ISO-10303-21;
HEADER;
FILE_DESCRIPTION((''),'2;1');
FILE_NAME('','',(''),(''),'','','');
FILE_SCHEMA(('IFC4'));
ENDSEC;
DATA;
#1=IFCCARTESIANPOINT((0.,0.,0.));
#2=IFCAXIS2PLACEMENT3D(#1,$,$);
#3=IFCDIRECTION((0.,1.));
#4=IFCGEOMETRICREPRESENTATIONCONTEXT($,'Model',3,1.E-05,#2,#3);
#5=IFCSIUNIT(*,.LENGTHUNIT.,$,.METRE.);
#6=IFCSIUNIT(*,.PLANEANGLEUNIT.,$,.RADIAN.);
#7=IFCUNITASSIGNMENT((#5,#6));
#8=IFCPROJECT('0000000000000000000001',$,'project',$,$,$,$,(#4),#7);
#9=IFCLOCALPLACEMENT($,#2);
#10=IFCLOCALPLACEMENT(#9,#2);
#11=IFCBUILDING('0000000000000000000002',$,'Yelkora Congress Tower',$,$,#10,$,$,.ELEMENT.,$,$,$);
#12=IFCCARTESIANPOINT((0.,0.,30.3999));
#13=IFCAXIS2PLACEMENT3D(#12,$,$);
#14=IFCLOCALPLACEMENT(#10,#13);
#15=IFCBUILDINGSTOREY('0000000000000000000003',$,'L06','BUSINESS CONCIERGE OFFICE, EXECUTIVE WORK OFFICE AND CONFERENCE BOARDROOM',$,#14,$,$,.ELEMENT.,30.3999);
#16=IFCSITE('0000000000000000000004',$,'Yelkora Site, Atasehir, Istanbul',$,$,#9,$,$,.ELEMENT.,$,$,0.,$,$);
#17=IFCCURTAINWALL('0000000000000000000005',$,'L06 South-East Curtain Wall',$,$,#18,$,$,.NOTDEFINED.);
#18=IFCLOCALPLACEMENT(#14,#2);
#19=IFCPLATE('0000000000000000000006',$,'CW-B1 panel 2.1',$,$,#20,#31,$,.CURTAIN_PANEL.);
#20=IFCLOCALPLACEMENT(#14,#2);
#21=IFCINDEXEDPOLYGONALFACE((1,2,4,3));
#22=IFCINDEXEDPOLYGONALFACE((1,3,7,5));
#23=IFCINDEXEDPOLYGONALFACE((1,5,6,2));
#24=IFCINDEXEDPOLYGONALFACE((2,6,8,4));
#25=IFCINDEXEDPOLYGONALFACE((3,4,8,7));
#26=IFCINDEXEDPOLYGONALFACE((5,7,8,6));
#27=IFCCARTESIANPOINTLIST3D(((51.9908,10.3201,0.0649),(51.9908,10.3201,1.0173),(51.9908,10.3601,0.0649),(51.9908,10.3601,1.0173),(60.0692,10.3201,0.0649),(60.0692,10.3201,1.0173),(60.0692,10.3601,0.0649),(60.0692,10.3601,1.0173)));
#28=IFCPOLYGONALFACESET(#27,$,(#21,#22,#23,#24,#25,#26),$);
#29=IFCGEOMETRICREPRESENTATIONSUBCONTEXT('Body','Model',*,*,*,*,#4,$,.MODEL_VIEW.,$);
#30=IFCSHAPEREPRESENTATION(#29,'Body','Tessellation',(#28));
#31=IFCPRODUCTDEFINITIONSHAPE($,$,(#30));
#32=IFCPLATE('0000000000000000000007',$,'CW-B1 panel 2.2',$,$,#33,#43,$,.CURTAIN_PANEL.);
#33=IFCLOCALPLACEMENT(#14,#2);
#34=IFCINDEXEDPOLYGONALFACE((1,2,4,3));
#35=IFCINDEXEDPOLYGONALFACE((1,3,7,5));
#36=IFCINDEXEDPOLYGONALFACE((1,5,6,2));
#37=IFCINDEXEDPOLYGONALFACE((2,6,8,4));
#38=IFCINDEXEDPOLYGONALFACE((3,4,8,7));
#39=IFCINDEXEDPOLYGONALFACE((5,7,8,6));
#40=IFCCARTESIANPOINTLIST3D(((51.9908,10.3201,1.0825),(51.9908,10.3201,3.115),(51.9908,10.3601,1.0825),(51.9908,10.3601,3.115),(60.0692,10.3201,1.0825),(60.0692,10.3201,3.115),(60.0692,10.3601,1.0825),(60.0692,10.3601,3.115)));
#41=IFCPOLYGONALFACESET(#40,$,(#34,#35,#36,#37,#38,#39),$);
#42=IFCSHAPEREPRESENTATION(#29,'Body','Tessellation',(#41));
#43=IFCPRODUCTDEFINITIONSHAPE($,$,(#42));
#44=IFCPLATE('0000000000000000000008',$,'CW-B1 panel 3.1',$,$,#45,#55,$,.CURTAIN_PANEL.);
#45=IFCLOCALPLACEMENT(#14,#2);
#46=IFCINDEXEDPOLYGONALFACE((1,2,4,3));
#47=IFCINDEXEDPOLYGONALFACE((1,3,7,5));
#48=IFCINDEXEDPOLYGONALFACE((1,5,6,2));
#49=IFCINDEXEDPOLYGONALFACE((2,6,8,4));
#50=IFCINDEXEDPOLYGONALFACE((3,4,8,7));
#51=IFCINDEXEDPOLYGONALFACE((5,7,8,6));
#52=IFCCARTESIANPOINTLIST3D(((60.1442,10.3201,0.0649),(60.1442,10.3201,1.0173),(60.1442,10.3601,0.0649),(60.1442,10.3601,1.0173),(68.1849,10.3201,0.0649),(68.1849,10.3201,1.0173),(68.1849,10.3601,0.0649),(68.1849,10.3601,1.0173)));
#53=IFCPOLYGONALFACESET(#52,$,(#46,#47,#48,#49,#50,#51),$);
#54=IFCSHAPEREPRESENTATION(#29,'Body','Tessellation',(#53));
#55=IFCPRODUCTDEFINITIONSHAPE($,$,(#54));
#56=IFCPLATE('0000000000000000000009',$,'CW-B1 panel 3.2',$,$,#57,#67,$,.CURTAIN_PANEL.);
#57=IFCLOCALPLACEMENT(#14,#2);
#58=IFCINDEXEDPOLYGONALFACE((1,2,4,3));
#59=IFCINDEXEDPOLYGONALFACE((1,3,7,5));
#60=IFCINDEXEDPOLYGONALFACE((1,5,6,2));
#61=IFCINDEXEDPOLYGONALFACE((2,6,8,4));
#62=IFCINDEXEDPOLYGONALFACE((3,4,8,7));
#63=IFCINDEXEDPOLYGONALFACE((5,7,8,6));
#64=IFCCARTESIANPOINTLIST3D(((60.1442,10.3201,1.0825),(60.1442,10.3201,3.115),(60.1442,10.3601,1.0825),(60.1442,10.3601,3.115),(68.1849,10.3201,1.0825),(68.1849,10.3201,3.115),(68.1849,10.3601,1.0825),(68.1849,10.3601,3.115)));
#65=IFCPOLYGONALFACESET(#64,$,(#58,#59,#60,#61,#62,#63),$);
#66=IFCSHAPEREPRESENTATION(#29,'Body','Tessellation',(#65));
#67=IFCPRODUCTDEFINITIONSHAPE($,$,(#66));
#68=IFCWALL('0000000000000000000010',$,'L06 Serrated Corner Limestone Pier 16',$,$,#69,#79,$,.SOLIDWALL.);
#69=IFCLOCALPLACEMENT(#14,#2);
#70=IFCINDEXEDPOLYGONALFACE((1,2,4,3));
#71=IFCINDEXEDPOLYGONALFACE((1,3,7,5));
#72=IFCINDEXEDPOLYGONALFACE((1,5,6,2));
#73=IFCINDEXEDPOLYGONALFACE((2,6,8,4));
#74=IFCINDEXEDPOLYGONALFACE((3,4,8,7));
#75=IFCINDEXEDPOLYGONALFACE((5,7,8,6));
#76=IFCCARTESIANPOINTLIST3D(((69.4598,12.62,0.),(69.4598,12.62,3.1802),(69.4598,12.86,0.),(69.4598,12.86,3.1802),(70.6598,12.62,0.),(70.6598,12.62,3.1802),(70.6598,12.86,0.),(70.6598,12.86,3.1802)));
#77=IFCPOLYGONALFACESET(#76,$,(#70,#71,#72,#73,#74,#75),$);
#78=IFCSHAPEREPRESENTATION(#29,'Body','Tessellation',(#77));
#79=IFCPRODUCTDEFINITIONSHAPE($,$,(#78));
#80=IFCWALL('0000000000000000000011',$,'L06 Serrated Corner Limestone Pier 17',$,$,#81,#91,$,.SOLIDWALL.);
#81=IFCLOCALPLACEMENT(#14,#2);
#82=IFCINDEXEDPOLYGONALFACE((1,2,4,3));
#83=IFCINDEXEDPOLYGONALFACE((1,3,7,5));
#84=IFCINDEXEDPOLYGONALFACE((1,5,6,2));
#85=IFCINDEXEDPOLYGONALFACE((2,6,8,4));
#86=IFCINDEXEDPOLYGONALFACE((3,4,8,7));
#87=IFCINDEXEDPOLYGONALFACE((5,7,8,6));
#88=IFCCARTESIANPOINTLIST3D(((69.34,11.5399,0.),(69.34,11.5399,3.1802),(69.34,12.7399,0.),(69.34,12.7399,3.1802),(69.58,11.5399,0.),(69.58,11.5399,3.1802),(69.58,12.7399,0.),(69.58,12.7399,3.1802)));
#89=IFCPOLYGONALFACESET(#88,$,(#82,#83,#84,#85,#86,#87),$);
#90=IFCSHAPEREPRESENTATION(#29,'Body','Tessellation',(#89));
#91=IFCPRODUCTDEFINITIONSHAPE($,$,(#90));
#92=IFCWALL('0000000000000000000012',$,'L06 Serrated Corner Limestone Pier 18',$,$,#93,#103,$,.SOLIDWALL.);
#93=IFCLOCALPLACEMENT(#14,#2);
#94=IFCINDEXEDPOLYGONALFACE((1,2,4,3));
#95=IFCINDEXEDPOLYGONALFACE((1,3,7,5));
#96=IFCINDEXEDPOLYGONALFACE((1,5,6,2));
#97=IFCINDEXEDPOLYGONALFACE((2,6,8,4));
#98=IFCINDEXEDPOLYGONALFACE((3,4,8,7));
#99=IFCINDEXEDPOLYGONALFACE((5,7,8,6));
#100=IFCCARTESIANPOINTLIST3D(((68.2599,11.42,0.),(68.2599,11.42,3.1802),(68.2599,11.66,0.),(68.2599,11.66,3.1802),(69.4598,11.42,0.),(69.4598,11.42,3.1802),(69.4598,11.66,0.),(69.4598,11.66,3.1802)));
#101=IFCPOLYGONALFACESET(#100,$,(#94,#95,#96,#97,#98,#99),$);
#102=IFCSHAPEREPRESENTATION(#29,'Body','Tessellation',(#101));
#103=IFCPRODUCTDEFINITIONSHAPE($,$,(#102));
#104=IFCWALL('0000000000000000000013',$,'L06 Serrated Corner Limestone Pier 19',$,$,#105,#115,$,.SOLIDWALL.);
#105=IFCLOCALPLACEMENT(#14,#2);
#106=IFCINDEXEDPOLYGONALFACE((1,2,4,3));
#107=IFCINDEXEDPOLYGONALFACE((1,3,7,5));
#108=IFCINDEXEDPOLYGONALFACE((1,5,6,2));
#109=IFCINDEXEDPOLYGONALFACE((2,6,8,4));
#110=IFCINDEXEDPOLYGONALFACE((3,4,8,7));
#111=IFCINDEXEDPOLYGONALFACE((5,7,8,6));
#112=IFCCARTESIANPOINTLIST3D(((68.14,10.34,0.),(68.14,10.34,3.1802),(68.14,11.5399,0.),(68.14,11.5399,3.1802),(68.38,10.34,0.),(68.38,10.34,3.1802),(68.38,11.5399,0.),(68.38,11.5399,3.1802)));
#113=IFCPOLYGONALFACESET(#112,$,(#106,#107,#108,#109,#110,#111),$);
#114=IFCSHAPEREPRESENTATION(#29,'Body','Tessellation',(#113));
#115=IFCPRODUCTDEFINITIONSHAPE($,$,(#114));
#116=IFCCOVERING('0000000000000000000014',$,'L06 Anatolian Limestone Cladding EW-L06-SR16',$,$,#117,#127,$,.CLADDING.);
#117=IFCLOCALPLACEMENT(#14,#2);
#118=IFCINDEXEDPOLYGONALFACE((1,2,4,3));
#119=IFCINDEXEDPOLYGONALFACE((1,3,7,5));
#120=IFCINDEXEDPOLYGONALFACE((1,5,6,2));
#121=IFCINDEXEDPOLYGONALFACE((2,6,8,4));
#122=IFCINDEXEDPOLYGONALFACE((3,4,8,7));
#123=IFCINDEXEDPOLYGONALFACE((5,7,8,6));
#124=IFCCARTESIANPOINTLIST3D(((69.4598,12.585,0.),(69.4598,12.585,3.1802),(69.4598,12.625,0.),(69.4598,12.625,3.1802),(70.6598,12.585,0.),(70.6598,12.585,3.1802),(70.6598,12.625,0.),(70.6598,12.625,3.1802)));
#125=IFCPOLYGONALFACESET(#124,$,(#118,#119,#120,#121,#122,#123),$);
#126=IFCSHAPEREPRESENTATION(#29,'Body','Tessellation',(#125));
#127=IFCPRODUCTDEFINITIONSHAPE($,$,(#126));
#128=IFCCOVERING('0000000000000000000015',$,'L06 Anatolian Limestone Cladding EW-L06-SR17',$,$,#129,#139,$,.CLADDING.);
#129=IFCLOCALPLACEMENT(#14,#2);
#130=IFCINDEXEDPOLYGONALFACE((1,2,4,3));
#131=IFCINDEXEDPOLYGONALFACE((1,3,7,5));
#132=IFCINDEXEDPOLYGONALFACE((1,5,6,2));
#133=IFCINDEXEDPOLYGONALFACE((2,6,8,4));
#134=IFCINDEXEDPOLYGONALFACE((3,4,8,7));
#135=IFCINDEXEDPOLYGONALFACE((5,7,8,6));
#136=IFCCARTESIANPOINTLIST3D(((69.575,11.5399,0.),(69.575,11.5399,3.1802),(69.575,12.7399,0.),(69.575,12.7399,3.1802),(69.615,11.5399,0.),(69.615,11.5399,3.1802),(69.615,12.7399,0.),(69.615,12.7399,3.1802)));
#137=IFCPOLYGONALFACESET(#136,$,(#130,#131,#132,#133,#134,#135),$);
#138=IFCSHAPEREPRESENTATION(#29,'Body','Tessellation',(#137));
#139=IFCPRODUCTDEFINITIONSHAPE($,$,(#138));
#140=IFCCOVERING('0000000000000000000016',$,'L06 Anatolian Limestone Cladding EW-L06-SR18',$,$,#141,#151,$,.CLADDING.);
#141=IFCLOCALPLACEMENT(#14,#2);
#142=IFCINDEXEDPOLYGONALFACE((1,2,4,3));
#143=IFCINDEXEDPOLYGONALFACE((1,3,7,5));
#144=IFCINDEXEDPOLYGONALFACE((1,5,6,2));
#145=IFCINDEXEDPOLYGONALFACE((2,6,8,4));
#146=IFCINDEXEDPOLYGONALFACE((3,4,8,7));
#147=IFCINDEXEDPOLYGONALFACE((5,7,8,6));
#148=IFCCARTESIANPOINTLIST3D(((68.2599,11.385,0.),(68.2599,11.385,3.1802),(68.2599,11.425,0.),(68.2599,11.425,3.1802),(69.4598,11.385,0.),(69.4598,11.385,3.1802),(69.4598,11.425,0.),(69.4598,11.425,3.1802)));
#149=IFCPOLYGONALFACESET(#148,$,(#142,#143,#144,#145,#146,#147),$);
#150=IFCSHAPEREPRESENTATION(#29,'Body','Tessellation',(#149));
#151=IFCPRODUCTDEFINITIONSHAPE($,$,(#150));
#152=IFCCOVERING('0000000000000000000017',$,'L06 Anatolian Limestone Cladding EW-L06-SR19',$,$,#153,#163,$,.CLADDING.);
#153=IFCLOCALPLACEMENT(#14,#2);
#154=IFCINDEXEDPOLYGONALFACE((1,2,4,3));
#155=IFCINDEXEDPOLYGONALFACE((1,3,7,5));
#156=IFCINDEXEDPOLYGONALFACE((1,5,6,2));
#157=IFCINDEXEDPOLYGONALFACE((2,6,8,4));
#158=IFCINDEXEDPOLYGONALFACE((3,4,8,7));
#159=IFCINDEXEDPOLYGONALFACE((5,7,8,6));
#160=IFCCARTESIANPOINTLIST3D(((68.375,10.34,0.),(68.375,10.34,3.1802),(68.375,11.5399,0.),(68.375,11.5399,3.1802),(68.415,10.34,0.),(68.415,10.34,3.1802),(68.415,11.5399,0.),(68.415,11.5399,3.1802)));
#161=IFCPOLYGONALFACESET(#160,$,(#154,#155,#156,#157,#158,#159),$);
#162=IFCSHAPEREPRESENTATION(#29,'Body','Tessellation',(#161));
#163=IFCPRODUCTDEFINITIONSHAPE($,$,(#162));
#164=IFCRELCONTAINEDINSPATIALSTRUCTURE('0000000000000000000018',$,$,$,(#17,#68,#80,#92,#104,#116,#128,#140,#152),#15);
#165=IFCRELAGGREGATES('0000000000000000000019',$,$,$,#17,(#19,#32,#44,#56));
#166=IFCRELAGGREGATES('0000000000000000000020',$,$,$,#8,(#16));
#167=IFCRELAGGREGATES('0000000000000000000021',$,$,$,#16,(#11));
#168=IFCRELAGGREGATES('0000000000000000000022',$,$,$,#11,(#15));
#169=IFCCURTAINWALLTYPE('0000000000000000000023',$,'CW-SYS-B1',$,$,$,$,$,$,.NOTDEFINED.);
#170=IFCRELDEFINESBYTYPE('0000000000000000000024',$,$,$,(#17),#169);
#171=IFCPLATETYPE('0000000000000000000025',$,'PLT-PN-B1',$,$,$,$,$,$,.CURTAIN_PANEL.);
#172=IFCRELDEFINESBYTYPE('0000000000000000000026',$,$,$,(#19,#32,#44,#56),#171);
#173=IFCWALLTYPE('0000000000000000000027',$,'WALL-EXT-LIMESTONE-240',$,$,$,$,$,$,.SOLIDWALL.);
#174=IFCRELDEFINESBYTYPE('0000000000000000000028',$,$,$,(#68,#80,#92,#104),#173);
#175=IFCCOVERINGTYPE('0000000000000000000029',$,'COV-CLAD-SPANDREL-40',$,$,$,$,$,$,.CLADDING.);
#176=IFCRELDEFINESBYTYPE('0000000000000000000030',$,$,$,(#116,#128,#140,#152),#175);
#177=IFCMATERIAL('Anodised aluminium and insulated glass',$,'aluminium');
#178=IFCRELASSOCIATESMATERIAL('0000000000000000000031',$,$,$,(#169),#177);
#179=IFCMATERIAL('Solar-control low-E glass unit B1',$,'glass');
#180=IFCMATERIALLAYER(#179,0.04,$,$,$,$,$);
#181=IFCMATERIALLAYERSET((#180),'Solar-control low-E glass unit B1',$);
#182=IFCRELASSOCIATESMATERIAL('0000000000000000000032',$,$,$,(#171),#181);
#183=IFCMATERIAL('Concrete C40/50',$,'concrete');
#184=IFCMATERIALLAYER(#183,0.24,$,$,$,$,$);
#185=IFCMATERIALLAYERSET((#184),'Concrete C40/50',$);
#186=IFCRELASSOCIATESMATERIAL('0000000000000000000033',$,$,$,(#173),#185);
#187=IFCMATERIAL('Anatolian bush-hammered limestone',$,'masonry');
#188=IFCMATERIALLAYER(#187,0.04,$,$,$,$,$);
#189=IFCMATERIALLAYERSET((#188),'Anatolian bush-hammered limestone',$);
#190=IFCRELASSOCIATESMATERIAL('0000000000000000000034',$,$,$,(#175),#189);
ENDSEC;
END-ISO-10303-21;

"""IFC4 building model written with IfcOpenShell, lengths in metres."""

from ifc_helpers import new_model, si_unit, direction, frame, frame_2d, origin, origin_2d, place, context, subcontext, project, spatial, rectangle, extrude, material, layer, layer_set, type_object, element, aggregate, save


model = new_model("IFC4")

# Units and contexts
model_context = context("Model", 3, precision=1e-05, world=origin(), true_north=direction((0.0, 1.0)))
body_context = subcontext(model_context, "Body", "Model", "MODEL_VIEW")
ifc_project = project(units=[si_unit("LENGTHUNIT", "METRE"), si_unit("PLANEANGLEUNIT", "RADIAN")], contexts=[model_context])

# Site, building, storey
site_placement = place(None, origin())
site = spatial("IfcSite", under=ifc_project, at=site_placement, Name="Yelkora Site, Atasehir, Istanbul", CompositionType="ELEMENT", RefElevation=0.0)
building_placement = place(site_placement, origin())
building = spatial("IfcBuilding", under=site, at=building_placement, Name="Yelkora Congress Tower", CompositionType="ELEMENT")
storey_placement = place(building_placement, frame((0.0, 0.0, 30.3999)))
storey = spatial("IfcBuildingStorey", under=building, at=storey_placement, Name="L06", Description="BUSINESS CONCIERGE OFFICE, EXECUTIVE WORK OFFICE AND CONFERENCE BOARDROOM", CompositionType="ELEMENT", Elevation=30.3999)

# Curtain wall, plates
ifc_material_1 = material(Name="Anodised aluminium and insulated glass", Category="aluminium")
curtain_wall_type = type_object("IfcCurtainWallType", Name="CW-SYS-B1", PredefinedType="NOTDEFINED", material=ifc_material_1)
curtain_wall_placement = place(storey_placement, origin())
curtain_wall = element("IfcCurtainWall", 1, at=curtain_wall_placement, inside=storey, type_object=curtain_wall_type, Name="L06 South-East Curtain Wall", PredefinedType="NOTDEFINED")
ifc_material_2 = material(Name="Solar-control low-E glass unit B1", Category="glass")
ifc_layer_1 = layer(ifc_material_2, 0.04)
ifc_layer_set_1 = layer_set([ifc_layer_1], Name="Solar-control low-E glass unit B1")
plate_type = type_object("IfcPlateType", Name="PLT-PN-B1", PredefinedType="CURTAIN_PANEL", material=ifc_layer_set_1)
plate_1_placement = place(storey_placement, frame((56.03, 10.3401, 0.0649), z_axis=(0.0, 0.0, 1.0), x_axis=(1.0, 0.0, 0.0)))
plate_1 = element("IfcPlate", 2, at=plate_1_placement, type_object=plate_type, Name="CW-B1 panel 2.1", PredefinedType="CURTAIN_PANEL", context=body_context, shape_type="SweptSolid", body=[
    extrude(rectangle(XDim=8.0784, YDim=0.04, at=origin_2d()), origin(), (0.0, 0.0, 1.0), 0.9524),
])
plate_2_placement = place(storey_placement, frame((56.03, 10.3401, 1.0825), z_axis=(0.0, 0.0, 1.0), x_axis=(1.0, 0.0, 0.0)))
plate_2 = element("IfcPlate", 3, at=plate_2_placement, type_object=plate_type, Name="CW-B1 panel 2.2", PredefinedType="CURTAIN_PANEL", context=body_context, shape_type="SweptSolid", body=[
    extrude(rectangle(XDim=8.0784, YDim=0.04, at=origin_2d()), origin(), (0.0, 0.0, 1.0), 2.0325),
])
plate_3_placement = place(storey_placement, frame((64.1646, 10.3401, 0.0649), z_axis=(0.0, 0.0, 1.0), x_axis=(1.0, 0.0, 0.0)))
plate_3 = element("IfcPlate", 4, at=plate_3_placement, type_object=plate_type, Name="CW-B1 panel 3.1", PredefinedType="CURTAIN_PANEL", context=body_context, shape_type="SweptSolid", body=[
    extrude(rectangle(XDim=8.0408, YDim=0.04, at=origin_2d()), origin(), (0.0, 0.0, 1.0), 0.9524),
])
plate_4_placement = place(storey_placement, frame((64.1646, 10.3401, 1.0825), z_axis=(0.0, 0.0, 1.0), x_axis=(1.0, 0.0, 0.0)))
plate_4 = element("IfcPlate", 5, at=plate_4_placement, type_object=plate_type, Name="CW-B1 panel 3.2", PredefinedType="CURTAIN_PANEL", context=body_context, shape_type="SweptSolid", body=[
    extrude(rectangle(XDim=8.0408, YDim=0.04, at=origin_2d()), origin(), (0.0, 0.0, 1.0), 2.0325),
])
aggregate(curtain_wall, [plate_1, plate_2, plate_3, plate_4])

# Walls
ifc_material_3 = material(Name="Concrete C40/50", Category="concrete")
ifc_layer_2 = layer(ifc_material_3, 0.24)
ifc_layer_set_2 = layer_set([ifc_layer_2], Name="Concrete C40/50")
wall_type = type_object("IfcWallType", Name="WALL-EXT-LIMESTONE-240", PredefinedType="SOLIDWALL", material=ifc_layer_set_2)
for number, where, z_axis, x_axis, name in (
    (6, (70.6599, 12.74, 0.0), (0.0, 0.0, 1.0), (-1.0, 0.0, 0.0), "L06 Serrated Corner Limestone Pier 16"),
    (7, (69.46, 12.74, 0.0), (0.0, 0.0, 1.0), (0.0, -1.0, 0.0), "L06 Serrated Corner Limestone Pier 17"),
    (8, (69.46, 11.54, 0.0), (0.0, 0.0, 1.0), (-1.0, 0.0, 0.0), "L06 Serrated Corner Limestone Pier 18"),
    (9, (68.26, 11.54, 0.0), (0.0, 0.0, 1.0), (0.0, -1.0, 0.0), "L06 Serrated Corner Limestone Pier 19"),
):
    element("IfcWall", number, at=place(storey_placement, frame(where, z_axis=z_axis, x_axis=x_axis)), inside=storey, type_object=wall_type, Name=name, PredefinedType="SOLIDWALL", context=body_context, shape_type="SweptSolid", body=[
        extrude(rectangle(XDim=1.2, YDim=0.24, at=frame_2d((0.6001, 0.0))), origin(), (0.0, 0.0, 1.0), 3.1802),
    ])

# Coverings
ifc_material_4 = material(Name="Anatolian bush-hammered limestone", Category="masonry")
ifc_layer_3 = layer(ifc_material_4, 0.04)
ifc_layer_set_3 = layer_set([ifc_layer_3], Name="Anatolian bush-hammered limestone")
covering_type = type_object("IfcCoveringType", Name="COV-CLAD-SPANDREL-40", PredefinedType="CLADDING", material=ifc_layer_set_3)
for number, where, z_axis, x_axis, name in (
    (10, (70.6599, 12.605, 0.0), (0.0, 0.0, 1.0), (-1.0, 0.0, 0.0), "L06 Anatolian Limestone Cladding EW-L06-SR16"),
    (11, (69.595, 12.74, 0.0), (0.0, 0.0, 1.0), (0.0, -1.0, 0.0), "L06 Anatolian Limestone Cladding EW-L06-SR17"),
    (12, (69.46, 11.405, 0.0), (0.0, 0.0, 1.0), (-1.0, 0.0, 0.0), "L06 Anatolian Limestone Cladding EW-L06-SR18"),
    (13, (68.395, 11.54, 0.0), (0.0, 0.0, 1.0), (0.0, -1.0, 0.0), "L06 Anatolian Limestone Cladding EW-L06-SR19"),
):
    element("IfcCovering", number, at=place(storey_placement, frame(where, z_axis=z_axis, x_axis=x_axis)), inside=storey, type_object=covering_type, Name=name, PredefinedType="CLADDING", context=body_context, shape_type="SweptSolid", body=[
        extrude(rectangle(XDim=1.2, YDim=0.04, at=frame_2d((0.6001, 0.0))), origin(), (0.0, 0.0, 1.0), 3.1802),
    ])

save(model, "model.ifc")
